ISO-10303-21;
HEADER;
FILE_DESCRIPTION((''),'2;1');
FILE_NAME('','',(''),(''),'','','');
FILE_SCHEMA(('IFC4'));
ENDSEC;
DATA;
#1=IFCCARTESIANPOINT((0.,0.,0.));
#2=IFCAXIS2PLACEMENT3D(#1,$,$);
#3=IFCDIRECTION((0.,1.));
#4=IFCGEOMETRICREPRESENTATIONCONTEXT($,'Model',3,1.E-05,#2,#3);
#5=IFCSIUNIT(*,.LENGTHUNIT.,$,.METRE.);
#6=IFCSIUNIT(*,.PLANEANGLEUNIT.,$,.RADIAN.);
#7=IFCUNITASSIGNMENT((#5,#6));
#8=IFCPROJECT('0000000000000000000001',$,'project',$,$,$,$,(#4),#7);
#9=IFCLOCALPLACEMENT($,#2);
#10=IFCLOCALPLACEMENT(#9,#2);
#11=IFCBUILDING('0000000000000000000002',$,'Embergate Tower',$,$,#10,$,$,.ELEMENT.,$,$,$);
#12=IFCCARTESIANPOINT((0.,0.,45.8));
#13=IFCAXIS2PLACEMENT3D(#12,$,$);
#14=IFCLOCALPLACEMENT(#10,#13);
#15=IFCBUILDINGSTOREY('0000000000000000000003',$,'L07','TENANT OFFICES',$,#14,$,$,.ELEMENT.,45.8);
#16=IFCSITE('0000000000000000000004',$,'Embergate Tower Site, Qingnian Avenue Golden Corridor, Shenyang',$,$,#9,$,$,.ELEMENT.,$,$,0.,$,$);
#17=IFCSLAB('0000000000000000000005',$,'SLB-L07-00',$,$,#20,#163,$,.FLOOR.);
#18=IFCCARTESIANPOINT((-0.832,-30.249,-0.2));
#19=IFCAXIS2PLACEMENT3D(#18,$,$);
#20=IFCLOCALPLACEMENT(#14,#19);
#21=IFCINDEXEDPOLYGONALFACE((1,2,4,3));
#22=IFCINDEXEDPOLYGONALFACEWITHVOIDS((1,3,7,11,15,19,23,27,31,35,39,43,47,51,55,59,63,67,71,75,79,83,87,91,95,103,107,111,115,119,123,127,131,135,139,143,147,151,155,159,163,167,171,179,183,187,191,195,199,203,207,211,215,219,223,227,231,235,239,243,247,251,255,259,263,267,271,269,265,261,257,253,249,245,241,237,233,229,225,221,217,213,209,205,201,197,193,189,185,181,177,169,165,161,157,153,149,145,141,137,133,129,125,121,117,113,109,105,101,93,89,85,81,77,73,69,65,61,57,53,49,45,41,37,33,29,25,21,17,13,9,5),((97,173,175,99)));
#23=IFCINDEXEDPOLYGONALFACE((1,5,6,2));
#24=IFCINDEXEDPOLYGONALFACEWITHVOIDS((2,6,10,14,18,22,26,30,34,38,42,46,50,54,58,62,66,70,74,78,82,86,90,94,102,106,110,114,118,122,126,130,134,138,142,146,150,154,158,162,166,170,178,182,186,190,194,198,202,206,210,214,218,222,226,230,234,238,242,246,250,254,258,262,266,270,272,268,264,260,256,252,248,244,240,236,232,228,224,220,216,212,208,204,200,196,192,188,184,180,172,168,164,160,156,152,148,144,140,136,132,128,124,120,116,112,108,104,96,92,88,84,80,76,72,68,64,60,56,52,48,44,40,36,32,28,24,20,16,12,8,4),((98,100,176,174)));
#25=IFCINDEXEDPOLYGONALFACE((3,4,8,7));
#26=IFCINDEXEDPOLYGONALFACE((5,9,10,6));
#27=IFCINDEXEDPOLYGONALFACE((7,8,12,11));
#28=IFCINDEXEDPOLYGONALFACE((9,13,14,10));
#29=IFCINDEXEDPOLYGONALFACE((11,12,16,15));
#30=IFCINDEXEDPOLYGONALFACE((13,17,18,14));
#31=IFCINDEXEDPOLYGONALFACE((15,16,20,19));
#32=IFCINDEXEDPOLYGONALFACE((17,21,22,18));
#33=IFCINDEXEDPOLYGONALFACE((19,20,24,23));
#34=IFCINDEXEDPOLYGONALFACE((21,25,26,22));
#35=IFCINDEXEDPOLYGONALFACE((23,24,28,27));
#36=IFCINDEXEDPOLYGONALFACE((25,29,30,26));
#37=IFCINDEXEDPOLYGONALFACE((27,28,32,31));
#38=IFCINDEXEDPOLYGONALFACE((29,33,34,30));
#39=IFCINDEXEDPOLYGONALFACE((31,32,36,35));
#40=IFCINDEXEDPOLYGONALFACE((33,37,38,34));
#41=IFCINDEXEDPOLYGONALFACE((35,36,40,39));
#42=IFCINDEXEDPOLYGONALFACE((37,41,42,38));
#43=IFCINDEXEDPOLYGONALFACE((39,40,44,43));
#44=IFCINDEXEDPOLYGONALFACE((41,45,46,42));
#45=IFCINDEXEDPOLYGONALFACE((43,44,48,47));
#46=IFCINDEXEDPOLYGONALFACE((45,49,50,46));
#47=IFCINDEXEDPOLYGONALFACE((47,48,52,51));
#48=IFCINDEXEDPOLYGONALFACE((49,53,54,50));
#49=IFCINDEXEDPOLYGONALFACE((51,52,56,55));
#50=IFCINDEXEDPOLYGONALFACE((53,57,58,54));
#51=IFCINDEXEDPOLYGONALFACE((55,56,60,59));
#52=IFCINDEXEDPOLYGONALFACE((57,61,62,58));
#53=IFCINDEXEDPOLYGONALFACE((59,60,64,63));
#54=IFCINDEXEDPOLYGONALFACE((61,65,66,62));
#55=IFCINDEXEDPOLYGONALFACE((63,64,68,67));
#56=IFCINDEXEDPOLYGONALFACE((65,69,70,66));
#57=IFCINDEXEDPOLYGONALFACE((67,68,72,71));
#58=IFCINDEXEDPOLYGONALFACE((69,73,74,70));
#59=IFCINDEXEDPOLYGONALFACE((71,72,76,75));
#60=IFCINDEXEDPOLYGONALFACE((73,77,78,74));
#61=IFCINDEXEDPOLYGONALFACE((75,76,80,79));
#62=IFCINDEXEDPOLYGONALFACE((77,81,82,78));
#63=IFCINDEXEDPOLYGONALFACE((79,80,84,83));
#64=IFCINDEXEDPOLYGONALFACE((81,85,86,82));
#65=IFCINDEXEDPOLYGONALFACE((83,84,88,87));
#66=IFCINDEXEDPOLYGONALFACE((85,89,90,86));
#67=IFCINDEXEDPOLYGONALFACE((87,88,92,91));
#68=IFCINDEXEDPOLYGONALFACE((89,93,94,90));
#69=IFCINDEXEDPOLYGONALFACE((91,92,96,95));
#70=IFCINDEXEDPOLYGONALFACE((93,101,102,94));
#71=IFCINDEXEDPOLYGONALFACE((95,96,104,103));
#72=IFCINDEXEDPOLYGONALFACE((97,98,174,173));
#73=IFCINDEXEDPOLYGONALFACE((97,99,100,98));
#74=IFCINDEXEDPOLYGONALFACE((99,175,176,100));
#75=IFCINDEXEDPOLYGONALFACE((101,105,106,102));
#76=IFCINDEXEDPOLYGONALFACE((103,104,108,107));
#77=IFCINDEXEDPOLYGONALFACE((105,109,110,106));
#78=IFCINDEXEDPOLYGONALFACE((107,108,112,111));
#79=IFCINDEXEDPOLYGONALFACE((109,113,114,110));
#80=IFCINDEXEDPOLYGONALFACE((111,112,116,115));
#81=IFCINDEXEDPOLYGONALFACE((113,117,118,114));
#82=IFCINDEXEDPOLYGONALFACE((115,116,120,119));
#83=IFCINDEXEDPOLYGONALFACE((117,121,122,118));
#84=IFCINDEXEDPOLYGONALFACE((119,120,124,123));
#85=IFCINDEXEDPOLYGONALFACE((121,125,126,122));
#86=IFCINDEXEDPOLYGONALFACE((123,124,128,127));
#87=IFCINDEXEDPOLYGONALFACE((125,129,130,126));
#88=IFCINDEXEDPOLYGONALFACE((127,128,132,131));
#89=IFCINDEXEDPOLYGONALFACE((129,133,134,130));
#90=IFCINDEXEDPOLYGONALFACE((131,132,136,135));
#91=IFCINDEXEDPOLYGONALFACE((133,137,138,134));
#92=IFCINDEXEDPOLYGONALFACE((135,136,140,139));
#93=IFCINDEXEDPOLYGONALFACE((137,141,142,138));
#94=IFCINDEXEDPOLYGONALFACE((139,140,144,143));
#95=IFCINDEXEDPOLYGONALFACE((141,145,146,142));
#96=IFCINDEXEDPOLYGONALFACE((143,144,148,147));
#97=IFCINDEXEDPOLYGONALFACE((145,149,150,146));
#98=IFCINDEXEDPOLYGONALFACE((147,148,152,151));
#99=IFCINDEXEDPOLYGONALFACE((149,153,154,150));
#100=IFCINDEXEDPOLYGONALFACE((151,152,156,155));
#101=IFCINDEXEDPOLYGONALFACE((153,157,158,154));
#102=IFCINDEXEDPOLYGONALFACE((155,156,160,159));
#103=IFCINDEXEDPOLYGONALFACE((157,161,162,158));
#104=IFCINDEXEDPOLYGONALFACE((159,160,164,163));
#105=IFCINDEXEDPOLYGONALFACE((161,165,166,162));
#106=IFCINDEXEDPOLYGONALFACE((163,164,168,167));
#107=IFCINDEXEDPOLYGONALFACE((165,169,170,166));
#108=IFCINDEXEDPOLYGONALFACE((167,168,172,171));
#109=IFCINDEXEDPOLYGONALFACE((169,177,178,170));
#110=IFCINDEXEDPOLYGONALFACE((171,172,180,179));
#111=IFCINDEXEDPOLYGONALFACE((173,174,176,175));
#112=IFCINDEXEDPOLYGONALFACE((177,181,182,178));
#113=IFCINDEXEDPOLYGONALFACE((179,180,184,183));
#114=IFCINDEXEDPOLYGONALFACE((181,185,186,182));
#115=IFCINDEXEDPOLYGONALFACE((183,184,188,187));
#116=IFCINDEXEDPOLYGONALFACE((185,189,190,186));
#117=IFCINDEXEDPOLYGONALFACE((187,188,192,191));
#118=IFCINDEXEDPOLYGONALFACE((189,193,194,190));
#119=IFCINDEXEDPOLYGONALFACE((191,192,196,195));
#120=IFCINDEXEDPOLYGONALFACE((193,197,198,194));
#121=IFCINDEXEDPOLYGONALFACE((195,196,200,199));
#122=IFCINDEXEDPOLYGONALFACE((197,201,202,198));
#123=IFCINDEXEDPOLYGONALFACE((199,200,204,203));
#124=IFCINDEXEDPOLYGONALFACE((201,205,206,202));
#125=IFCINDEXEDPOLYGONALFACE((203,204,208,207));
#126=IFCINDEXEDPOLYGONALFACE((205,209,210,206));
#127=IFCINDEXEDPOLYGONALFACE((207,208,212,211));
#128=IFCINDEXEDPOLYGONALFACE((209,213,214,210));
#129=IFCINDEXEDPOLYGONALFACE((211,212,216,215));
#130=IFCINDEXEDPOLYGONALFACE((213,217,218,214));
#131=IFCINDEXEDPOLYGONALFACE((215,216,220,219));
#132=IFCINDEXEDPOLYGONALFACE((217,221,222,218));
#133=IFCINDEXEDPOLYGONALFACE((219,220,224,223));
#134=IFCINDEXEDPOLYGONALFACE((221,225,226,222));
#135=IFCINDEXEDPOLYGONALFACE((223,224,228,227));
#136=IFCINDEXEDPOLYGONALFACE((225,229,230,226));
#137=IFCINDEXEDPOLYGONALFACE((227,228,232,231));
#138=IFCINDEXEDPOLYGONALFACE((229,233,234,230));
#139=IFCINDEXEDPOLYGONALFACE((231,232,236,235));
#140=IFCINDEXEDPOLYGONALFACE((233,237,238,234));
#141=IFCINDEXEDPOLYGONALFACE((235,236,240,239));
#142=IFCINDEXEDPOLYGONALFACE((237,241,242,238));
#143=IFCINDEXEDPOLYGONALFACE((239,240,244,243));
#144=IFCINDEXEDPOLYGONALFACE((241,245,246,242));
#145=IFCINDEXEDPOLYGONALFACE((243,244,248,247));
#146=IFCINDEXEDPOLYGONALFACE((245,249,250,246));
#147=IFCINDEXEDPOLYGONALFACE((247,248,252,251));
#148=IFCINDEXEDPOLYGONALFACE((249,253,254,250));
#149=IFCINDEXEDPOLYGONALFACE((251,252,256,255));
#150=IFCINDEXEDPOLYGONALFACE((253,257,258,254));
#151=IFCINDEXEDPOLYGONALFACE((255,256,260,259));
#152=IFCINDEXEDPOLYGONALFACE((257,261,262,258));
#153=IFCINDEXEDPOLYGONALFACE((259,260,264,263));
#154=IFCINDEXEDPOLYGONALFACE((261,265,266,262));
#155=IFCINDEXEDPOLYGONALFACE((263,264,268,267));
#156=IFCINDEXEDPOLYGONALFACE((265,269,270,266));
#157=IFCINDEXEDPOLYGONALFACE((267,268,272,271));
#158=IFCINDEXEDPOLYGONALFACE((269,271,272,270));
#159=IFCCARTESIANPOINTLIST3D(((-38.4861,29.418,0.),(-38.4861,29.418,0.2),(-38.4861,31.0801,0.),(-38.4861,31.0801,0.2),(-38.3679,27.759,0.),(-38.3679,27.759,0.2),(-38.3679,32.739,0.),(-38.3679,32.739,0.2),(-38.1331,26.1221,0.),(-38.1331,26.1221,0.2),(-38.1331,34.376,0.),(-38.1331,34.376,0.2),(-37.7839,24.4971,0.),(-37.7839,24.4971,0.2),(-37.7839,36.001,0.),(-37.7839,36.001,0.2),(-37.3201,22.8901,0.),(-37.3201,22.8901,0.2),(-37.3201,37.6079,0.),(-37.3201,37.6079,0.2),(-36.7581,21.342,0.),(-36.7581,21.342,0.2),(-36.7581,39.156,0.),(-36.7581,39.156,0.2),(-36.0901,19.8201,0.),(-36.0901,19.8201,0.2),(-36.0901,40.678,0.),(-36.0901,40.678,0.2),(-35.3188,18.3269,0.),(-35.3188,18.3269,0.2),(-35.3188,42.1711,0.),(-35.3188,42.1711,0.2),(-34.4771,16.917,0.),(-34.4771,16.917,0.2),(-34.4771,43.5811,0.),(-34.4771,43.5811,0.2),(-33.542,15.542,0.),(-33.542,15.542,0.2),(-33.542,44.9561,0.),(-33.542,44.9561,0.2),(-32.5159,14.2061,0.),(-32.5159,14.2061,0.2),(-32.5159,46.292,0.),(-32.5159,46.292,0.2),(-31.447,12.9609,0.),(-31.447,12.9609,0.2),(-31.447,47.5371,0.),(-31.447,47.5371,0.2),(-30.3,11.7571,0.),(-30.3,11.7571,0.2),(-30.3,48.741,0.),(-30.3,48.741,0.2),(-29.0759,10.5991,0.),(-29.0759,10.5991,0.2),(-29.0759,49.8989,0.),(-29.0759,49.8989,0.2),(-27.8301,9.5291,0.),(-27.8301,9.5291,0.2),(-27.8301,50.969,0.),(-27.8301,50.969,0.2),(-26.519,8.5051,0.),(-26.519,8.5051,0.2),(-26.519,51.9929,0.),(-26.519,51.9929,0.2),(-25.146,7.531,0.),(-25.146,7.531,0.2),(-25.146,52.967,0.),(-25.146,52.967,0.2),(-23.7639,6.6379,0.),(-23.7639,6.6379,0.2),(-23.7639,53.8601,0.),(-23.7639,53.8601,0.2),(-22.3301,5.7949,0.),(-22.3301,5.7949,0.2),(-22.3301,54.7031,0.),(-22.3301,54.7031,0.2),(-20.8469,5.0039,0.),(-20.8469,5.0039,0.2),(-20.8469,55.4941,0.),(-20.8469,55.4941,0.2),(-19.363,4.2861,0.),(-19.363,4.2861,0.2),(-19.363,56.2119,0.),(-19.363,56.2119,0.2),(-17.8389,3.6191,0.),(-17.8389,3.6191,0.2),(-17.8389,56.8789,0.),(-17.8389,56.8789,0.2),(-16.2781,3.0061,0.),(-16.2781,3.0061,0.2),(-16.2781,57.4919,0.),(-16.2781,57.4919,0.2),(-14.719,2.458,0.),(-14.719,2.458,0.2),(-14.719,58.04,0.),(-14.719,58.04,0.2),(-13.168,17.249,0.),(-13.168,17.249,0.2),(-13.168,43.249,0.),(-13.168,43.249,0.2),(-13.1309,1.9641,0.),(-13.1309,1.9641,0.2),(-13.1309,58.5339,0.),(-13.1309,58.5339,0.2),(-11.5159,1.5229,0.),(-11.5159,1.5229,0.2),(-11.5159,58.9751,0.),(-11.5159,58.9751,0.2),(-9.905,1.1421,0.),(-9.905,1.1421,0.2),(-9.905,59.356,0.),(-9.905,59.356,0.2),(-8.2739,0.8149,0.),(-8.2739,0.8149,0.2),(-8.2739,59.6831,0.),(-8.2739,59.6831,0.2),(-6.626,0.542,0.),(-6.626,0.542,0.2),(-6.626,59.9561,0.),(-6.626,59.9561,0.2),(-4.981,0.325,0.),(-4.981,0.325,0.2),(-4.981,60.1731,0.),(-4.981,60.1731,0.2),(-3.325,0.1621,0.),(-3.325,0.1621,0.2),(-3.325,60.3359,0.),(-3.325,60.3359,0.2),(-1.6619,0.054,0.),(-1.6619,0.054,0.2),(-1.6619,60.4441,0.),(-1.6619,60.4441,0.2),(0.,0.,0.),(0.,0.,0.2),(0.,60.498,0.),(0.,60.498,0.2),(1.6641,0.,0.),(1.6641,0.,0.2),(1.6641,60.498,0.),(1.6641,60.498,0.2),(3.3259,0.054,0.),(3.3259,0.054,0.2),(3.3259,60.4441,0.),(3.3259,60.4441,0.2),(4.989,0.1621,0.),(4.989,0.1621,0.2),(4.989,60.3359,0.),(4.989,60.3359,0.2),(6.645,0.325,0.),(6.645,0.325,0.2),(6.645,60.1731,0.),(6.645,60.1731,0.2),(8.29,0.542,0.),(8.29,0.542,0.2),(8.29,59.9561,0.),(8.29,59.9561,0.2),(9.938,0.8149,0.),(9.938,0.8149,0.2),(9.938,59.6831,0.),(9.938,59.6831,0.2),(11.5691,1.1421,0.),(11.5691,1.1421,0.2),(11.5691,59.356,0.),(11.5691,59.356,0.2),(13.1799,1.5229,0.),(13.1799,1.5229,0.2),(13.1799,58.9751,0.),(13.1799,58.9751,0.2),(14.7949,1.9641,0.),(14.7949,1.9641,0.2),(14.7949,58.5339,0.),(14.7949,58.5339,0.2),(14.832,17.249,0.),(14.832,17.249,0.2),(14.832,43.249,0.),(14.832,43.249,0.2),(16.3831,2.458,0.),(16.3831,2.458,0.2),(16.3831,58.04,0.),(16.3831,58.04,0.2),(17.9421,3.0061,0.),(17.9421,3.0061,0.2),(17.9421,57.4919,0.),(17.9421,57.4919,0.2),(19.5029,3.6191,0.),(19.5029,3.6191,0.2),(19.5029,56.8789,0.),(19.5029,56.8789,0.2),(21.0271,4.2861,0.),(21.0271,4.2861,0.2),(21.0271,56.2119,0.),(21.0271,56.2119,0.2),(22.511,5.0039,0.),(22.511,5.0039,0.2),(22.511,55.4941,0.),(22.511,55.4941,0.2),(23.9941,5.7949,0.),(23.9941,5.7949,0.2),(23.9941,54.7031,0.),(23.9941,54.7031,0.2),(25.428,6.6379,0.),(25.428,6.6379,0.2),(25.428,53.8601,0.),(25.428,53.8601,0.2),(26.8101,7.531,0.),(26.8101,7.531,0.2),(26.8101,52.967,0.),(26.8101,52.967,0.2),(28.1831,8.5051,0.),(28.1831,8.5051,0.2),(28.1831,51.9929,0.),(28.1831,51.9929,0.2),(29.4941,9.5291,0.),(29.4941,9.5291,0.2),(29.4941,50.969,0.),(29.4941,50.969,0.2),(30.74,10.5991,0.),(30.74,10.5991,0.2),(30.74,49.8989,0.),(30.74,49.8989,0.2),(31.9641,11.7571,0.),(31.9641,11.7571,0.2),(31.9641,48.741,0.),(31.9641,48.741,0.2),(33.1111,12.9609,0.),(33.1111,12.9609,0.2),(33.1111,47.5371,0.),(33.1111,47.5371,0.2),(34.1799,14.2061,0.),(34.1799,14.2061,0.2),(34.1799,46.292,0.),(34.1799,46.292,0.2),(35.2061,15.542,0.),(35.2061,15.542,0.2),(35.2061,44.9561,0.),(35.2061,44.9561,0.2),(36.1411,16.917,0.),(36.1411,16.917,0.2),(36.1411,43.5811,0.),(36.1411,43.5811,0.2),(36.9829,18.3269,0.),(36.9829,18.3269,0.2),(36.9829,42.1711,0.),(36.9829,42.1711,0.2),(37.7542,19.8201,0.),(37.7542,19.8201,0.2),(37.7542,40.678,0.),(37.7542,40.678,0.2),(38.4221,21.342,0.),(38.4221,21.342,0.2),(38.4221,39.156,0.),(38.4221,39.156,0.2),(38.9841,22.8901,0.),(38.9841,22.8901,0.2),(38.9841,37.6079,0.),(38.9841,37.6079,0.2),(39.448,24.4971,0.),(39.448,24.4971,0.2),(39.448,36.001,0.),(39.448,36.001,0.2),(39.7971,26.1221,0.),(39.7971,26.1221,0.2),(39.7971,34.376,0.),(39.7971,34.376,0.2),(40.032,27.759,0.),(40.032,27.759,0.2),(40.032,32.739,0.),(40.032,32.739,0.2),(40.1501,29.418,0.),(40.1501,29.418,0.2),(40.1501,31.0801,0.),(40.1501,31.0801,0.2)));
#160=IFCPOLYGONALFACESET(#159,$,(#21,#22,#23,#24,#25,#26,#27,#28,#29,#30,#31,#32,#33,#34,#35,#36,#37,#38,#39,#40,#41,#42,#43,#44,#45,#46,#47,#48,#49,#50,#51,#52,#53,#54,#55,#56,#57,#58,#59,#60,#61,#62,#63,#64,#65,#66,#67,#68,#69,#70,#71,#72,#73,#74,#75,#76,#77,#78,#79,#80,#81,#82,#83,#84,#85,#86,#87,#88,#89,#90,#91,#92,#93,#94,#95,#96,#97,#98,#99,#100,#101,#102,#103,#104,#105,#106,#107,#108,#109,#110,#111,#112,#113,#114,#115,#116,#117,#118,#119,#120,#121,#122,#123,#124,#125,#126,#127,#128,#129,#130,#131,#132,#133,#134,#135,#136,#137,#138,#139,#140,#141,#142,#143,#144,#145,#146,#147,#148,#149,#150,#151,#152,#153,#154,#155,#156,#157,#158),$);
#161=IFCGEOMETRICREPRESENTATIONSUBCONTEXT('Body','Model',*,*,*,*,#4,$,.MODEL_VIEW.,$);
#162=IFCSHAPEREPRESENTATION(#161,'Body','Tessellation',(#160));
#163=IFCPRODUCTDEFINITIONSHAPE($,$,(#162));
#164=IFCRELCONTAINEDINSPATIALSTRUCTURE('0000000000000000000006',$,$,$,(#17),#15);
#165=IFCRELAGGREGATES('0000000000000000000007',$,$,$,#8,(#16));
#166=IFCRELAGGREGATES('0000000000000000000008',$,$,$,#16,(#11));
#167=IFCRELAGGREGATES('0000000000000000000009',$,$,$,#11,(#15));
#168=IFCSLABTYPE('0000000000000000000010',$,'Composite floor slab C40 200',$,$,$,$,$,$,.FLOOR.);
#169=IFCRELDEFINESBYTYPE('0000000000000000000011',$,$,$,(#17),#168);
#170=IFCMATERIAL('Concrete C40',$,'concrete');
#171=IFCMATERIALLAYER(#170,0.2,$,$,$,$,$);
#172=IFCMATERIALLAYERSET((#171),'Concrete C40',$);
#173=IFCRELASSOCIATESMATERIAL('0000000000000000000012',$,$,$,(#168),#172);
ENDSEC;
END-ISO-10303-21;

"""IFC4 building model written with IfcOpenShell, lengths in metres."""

from ifc_helpers import new_model, si_unit, direction, frame, origin, place, context, subcontext, project, spatial, polyline, outline, extrude, source, transform, mapped, material, layer, layer_set, type_object, element, save


model = new_model("IFC4")

# Units and contexts
model_context = context("Model", 3, precision=1e-05, world=origin(), true_north=direction((0.0, 1.0)))
body_context = subcontext(model_context, "Body", "Model", "MODEL_VIEW")
ifc_project = project(units=[si_unit("LENGTHUNIT", "METRE"), si_unit("PLANEANGLEUNIT", "RADIAN")], contexts=[model_context])

# Site, building, storey
site_placement = place(None, origin())
site = spatial("IfcSite", under=ifc_project, at=site_placement, Name="Embergate Tower Site, Qingnian Avenue Golden Corridor, Shenyang", CompositionType="ELEMENT", RefElevation=0.0)
building_placement = place(site_placement, origin())
building = spatial("IfcBuilding", under=site, at=building_placement, Name="Embergate Tower", CompositionType="ELEMENT")
storey_placement = place(building_placement, frame((0.0, 0.0, 45.8)))
storey = spatial("IfcBuildingStorey", under=building, at=storey_placement, Name="L07", Description="TENANT OFFICES", CompositionType="ELEMENT", Elevation=45.8)

# Slab
ifc_material_1 = material(Name="Concrete C40", Category="concrete")
ifc_layer_1 = layer(ifc_material_1, 0.2)
ifc_layer_set_1 = layer_set([ifc_layer_1], Name="Concrete C40")
slab_type = type_object("IfcSlabType", Name="Composite floor slab C40 200", PredefinedType="FLOOR", material=ifc_layer_set_1)
shared_shape_1 = source(origin(), body_context, "Body", "SweptSolid", [
    extrude(outline(polyline([(0.0, 0.0), (1.6641, 0.0), (3.3259, 0.054), (4.989, 0.1621), (6.645, 0.325), (8.29, 0.542), (9.938, 0.8149), (11.5691, 1.1421), (13.1799, 1.5229), (14.7949, 1.9641), (16.3831, 2.458), (17.9421, 3.0061), (19.5029, 3.6191), (21.0271, 4.2861), (22.511, 5.0039), (23.9941, 5.7949), (25.428, 6.6379), (26.8101, 7.531), (28.1831, 8.5051), (29.4941, 9.5291), (30.74, 10.5991), (31.9641, 11.7571), (33.1111, 12.9609), (34.1799, 14.2061), (35.2061, 15.542), (36.1411, 16.917), (36.9829, 18.3269), (37.7542, 19.8201), (38.4221, 21.342), (38.9841, 22.8901), (39.448, 24.4971), (39.7971, 26.1221), (40.032, 27.759), (40.1501, 29.418), (40.1501, 31.0801), (40.032, 32.739), (39.7971, 34.376), (39.448, 36.001), (38.9841, 37.6079), (38.4221, 39.156), (37.7542, 40.678), (36.9829, 42.1711), (36.1411, 43.5811), (35.2061, 44.9561), (34.1799, 46.292), (33.1111, 47.5371), (31.9641, 48.741), (30.74, 49.8989), (29.4941, 50.969), (28.1831, 51.9929), (26.8101, 52.967), (25.428, 53.8601), (23.9941, 54.7031), (22.511, 55.4941), (21.0271, 56.2119), (19.5029, 56.8789), (17.9421, 57.4919), (16.3831, 58.04), (14.7949, 58.5339), (13.1799, 58.9751), (11.5691, 59.356), (9.938, 59.6831), (8.29, 59.9561), (6.645, 60.1731), (4.989, 60.3359), (3.3259, 60.4441), (1.6641, 60.498), (0.0, 60.498), (-1.6619, 60.4441), (-3.325, 60.3359), (-4.981, 60.1731), (-6.626, 59.9561), (-8.2739, 59.6831), (-9.905, 59.356), (-11.5159, 58.9751), (-13.1309, 58.5339), (-14.719, 58.04), (-16.2781, 57.4919), (-17.8389, 56.8789), (-19.363, 56.2119), (-20.8469, 55.4941), (-22.3301, 54.7031), (-23.7639, 53.8601), (-25.146, 52.967), (-26.519, 51.9929), (-27.8301, 50.969), (-29.0759, 49.8989), (-30.3, 48.741), (-31.447, 47.5371), (-32.5159, 46.292), (-33.542, 44.9561), (-34.4771, 43.5811), (-35.3188, 42.1711), (-36.0901, 40.678), (-36.7581, 39.156), (-37.3201, 37.6079), (-37.7839, 36.001), (-38.1331, 34.376), (-38.3679, 32.739), (-38.4861, 31.0801), (-38.4861, 29.418), (-38.3679, 27.759), (-38.1331, 26.1221), (-37.7839, 24.4971), (-37.3201, 22.8901), (-36.7581, 21.342), (-36.0901, 19.8201), (-35.3188, 18.3269), (-34.4771, 16.917), (-33.542, 15.542), (-32.5159, 14.2061), (-31.447, 12.9609), (-30.3, 11.7571), (-29.0759, 10.5991), (-27.8301, 9.5291), (-26.519, 8.5051), (-25.146, 7.531), (-23.7639, 6.6379), (-22.3301, 5.7949), (-20.8469, 5.0039), (-19.363, 4.2861), (-17.8389, 3.6191), (-16.2781, 3.0061), (-14.719, 2.458), (-13.1309, 1.9641), (-11.5159, 1.5229), (-9.905, 1.1421), (-8.2739, 0.8149), (-6.626, 0.542), (-4.981, 0.325), (-3.325, 0.1621), (-1.6619, 0.054), (0.0, 0.0)]), holes=[polyline([(-13.168, 17.249), (-13.168, 43.249), (14.832, 43.249), (14.832, 17.249), (-13.168, 17.249)])]), origin(), (0.0, 0.0, 1.0), 0.2),
])
slab_placement = place(storey_placement, frame((-0.832, -30.249, -0.2)))
element("IfcSlab", 1, at=slab_placement, inside=storey, type_object=slab_type, Name="SLB-L07-00", PredefinedType="FLOOR", context=body_context, shape_type="MappedRepresentation", body=[
    mapped(shared_shape_1, transform((0.0, 0.0, 0.0))),
])

save(model, "model.ifc")
